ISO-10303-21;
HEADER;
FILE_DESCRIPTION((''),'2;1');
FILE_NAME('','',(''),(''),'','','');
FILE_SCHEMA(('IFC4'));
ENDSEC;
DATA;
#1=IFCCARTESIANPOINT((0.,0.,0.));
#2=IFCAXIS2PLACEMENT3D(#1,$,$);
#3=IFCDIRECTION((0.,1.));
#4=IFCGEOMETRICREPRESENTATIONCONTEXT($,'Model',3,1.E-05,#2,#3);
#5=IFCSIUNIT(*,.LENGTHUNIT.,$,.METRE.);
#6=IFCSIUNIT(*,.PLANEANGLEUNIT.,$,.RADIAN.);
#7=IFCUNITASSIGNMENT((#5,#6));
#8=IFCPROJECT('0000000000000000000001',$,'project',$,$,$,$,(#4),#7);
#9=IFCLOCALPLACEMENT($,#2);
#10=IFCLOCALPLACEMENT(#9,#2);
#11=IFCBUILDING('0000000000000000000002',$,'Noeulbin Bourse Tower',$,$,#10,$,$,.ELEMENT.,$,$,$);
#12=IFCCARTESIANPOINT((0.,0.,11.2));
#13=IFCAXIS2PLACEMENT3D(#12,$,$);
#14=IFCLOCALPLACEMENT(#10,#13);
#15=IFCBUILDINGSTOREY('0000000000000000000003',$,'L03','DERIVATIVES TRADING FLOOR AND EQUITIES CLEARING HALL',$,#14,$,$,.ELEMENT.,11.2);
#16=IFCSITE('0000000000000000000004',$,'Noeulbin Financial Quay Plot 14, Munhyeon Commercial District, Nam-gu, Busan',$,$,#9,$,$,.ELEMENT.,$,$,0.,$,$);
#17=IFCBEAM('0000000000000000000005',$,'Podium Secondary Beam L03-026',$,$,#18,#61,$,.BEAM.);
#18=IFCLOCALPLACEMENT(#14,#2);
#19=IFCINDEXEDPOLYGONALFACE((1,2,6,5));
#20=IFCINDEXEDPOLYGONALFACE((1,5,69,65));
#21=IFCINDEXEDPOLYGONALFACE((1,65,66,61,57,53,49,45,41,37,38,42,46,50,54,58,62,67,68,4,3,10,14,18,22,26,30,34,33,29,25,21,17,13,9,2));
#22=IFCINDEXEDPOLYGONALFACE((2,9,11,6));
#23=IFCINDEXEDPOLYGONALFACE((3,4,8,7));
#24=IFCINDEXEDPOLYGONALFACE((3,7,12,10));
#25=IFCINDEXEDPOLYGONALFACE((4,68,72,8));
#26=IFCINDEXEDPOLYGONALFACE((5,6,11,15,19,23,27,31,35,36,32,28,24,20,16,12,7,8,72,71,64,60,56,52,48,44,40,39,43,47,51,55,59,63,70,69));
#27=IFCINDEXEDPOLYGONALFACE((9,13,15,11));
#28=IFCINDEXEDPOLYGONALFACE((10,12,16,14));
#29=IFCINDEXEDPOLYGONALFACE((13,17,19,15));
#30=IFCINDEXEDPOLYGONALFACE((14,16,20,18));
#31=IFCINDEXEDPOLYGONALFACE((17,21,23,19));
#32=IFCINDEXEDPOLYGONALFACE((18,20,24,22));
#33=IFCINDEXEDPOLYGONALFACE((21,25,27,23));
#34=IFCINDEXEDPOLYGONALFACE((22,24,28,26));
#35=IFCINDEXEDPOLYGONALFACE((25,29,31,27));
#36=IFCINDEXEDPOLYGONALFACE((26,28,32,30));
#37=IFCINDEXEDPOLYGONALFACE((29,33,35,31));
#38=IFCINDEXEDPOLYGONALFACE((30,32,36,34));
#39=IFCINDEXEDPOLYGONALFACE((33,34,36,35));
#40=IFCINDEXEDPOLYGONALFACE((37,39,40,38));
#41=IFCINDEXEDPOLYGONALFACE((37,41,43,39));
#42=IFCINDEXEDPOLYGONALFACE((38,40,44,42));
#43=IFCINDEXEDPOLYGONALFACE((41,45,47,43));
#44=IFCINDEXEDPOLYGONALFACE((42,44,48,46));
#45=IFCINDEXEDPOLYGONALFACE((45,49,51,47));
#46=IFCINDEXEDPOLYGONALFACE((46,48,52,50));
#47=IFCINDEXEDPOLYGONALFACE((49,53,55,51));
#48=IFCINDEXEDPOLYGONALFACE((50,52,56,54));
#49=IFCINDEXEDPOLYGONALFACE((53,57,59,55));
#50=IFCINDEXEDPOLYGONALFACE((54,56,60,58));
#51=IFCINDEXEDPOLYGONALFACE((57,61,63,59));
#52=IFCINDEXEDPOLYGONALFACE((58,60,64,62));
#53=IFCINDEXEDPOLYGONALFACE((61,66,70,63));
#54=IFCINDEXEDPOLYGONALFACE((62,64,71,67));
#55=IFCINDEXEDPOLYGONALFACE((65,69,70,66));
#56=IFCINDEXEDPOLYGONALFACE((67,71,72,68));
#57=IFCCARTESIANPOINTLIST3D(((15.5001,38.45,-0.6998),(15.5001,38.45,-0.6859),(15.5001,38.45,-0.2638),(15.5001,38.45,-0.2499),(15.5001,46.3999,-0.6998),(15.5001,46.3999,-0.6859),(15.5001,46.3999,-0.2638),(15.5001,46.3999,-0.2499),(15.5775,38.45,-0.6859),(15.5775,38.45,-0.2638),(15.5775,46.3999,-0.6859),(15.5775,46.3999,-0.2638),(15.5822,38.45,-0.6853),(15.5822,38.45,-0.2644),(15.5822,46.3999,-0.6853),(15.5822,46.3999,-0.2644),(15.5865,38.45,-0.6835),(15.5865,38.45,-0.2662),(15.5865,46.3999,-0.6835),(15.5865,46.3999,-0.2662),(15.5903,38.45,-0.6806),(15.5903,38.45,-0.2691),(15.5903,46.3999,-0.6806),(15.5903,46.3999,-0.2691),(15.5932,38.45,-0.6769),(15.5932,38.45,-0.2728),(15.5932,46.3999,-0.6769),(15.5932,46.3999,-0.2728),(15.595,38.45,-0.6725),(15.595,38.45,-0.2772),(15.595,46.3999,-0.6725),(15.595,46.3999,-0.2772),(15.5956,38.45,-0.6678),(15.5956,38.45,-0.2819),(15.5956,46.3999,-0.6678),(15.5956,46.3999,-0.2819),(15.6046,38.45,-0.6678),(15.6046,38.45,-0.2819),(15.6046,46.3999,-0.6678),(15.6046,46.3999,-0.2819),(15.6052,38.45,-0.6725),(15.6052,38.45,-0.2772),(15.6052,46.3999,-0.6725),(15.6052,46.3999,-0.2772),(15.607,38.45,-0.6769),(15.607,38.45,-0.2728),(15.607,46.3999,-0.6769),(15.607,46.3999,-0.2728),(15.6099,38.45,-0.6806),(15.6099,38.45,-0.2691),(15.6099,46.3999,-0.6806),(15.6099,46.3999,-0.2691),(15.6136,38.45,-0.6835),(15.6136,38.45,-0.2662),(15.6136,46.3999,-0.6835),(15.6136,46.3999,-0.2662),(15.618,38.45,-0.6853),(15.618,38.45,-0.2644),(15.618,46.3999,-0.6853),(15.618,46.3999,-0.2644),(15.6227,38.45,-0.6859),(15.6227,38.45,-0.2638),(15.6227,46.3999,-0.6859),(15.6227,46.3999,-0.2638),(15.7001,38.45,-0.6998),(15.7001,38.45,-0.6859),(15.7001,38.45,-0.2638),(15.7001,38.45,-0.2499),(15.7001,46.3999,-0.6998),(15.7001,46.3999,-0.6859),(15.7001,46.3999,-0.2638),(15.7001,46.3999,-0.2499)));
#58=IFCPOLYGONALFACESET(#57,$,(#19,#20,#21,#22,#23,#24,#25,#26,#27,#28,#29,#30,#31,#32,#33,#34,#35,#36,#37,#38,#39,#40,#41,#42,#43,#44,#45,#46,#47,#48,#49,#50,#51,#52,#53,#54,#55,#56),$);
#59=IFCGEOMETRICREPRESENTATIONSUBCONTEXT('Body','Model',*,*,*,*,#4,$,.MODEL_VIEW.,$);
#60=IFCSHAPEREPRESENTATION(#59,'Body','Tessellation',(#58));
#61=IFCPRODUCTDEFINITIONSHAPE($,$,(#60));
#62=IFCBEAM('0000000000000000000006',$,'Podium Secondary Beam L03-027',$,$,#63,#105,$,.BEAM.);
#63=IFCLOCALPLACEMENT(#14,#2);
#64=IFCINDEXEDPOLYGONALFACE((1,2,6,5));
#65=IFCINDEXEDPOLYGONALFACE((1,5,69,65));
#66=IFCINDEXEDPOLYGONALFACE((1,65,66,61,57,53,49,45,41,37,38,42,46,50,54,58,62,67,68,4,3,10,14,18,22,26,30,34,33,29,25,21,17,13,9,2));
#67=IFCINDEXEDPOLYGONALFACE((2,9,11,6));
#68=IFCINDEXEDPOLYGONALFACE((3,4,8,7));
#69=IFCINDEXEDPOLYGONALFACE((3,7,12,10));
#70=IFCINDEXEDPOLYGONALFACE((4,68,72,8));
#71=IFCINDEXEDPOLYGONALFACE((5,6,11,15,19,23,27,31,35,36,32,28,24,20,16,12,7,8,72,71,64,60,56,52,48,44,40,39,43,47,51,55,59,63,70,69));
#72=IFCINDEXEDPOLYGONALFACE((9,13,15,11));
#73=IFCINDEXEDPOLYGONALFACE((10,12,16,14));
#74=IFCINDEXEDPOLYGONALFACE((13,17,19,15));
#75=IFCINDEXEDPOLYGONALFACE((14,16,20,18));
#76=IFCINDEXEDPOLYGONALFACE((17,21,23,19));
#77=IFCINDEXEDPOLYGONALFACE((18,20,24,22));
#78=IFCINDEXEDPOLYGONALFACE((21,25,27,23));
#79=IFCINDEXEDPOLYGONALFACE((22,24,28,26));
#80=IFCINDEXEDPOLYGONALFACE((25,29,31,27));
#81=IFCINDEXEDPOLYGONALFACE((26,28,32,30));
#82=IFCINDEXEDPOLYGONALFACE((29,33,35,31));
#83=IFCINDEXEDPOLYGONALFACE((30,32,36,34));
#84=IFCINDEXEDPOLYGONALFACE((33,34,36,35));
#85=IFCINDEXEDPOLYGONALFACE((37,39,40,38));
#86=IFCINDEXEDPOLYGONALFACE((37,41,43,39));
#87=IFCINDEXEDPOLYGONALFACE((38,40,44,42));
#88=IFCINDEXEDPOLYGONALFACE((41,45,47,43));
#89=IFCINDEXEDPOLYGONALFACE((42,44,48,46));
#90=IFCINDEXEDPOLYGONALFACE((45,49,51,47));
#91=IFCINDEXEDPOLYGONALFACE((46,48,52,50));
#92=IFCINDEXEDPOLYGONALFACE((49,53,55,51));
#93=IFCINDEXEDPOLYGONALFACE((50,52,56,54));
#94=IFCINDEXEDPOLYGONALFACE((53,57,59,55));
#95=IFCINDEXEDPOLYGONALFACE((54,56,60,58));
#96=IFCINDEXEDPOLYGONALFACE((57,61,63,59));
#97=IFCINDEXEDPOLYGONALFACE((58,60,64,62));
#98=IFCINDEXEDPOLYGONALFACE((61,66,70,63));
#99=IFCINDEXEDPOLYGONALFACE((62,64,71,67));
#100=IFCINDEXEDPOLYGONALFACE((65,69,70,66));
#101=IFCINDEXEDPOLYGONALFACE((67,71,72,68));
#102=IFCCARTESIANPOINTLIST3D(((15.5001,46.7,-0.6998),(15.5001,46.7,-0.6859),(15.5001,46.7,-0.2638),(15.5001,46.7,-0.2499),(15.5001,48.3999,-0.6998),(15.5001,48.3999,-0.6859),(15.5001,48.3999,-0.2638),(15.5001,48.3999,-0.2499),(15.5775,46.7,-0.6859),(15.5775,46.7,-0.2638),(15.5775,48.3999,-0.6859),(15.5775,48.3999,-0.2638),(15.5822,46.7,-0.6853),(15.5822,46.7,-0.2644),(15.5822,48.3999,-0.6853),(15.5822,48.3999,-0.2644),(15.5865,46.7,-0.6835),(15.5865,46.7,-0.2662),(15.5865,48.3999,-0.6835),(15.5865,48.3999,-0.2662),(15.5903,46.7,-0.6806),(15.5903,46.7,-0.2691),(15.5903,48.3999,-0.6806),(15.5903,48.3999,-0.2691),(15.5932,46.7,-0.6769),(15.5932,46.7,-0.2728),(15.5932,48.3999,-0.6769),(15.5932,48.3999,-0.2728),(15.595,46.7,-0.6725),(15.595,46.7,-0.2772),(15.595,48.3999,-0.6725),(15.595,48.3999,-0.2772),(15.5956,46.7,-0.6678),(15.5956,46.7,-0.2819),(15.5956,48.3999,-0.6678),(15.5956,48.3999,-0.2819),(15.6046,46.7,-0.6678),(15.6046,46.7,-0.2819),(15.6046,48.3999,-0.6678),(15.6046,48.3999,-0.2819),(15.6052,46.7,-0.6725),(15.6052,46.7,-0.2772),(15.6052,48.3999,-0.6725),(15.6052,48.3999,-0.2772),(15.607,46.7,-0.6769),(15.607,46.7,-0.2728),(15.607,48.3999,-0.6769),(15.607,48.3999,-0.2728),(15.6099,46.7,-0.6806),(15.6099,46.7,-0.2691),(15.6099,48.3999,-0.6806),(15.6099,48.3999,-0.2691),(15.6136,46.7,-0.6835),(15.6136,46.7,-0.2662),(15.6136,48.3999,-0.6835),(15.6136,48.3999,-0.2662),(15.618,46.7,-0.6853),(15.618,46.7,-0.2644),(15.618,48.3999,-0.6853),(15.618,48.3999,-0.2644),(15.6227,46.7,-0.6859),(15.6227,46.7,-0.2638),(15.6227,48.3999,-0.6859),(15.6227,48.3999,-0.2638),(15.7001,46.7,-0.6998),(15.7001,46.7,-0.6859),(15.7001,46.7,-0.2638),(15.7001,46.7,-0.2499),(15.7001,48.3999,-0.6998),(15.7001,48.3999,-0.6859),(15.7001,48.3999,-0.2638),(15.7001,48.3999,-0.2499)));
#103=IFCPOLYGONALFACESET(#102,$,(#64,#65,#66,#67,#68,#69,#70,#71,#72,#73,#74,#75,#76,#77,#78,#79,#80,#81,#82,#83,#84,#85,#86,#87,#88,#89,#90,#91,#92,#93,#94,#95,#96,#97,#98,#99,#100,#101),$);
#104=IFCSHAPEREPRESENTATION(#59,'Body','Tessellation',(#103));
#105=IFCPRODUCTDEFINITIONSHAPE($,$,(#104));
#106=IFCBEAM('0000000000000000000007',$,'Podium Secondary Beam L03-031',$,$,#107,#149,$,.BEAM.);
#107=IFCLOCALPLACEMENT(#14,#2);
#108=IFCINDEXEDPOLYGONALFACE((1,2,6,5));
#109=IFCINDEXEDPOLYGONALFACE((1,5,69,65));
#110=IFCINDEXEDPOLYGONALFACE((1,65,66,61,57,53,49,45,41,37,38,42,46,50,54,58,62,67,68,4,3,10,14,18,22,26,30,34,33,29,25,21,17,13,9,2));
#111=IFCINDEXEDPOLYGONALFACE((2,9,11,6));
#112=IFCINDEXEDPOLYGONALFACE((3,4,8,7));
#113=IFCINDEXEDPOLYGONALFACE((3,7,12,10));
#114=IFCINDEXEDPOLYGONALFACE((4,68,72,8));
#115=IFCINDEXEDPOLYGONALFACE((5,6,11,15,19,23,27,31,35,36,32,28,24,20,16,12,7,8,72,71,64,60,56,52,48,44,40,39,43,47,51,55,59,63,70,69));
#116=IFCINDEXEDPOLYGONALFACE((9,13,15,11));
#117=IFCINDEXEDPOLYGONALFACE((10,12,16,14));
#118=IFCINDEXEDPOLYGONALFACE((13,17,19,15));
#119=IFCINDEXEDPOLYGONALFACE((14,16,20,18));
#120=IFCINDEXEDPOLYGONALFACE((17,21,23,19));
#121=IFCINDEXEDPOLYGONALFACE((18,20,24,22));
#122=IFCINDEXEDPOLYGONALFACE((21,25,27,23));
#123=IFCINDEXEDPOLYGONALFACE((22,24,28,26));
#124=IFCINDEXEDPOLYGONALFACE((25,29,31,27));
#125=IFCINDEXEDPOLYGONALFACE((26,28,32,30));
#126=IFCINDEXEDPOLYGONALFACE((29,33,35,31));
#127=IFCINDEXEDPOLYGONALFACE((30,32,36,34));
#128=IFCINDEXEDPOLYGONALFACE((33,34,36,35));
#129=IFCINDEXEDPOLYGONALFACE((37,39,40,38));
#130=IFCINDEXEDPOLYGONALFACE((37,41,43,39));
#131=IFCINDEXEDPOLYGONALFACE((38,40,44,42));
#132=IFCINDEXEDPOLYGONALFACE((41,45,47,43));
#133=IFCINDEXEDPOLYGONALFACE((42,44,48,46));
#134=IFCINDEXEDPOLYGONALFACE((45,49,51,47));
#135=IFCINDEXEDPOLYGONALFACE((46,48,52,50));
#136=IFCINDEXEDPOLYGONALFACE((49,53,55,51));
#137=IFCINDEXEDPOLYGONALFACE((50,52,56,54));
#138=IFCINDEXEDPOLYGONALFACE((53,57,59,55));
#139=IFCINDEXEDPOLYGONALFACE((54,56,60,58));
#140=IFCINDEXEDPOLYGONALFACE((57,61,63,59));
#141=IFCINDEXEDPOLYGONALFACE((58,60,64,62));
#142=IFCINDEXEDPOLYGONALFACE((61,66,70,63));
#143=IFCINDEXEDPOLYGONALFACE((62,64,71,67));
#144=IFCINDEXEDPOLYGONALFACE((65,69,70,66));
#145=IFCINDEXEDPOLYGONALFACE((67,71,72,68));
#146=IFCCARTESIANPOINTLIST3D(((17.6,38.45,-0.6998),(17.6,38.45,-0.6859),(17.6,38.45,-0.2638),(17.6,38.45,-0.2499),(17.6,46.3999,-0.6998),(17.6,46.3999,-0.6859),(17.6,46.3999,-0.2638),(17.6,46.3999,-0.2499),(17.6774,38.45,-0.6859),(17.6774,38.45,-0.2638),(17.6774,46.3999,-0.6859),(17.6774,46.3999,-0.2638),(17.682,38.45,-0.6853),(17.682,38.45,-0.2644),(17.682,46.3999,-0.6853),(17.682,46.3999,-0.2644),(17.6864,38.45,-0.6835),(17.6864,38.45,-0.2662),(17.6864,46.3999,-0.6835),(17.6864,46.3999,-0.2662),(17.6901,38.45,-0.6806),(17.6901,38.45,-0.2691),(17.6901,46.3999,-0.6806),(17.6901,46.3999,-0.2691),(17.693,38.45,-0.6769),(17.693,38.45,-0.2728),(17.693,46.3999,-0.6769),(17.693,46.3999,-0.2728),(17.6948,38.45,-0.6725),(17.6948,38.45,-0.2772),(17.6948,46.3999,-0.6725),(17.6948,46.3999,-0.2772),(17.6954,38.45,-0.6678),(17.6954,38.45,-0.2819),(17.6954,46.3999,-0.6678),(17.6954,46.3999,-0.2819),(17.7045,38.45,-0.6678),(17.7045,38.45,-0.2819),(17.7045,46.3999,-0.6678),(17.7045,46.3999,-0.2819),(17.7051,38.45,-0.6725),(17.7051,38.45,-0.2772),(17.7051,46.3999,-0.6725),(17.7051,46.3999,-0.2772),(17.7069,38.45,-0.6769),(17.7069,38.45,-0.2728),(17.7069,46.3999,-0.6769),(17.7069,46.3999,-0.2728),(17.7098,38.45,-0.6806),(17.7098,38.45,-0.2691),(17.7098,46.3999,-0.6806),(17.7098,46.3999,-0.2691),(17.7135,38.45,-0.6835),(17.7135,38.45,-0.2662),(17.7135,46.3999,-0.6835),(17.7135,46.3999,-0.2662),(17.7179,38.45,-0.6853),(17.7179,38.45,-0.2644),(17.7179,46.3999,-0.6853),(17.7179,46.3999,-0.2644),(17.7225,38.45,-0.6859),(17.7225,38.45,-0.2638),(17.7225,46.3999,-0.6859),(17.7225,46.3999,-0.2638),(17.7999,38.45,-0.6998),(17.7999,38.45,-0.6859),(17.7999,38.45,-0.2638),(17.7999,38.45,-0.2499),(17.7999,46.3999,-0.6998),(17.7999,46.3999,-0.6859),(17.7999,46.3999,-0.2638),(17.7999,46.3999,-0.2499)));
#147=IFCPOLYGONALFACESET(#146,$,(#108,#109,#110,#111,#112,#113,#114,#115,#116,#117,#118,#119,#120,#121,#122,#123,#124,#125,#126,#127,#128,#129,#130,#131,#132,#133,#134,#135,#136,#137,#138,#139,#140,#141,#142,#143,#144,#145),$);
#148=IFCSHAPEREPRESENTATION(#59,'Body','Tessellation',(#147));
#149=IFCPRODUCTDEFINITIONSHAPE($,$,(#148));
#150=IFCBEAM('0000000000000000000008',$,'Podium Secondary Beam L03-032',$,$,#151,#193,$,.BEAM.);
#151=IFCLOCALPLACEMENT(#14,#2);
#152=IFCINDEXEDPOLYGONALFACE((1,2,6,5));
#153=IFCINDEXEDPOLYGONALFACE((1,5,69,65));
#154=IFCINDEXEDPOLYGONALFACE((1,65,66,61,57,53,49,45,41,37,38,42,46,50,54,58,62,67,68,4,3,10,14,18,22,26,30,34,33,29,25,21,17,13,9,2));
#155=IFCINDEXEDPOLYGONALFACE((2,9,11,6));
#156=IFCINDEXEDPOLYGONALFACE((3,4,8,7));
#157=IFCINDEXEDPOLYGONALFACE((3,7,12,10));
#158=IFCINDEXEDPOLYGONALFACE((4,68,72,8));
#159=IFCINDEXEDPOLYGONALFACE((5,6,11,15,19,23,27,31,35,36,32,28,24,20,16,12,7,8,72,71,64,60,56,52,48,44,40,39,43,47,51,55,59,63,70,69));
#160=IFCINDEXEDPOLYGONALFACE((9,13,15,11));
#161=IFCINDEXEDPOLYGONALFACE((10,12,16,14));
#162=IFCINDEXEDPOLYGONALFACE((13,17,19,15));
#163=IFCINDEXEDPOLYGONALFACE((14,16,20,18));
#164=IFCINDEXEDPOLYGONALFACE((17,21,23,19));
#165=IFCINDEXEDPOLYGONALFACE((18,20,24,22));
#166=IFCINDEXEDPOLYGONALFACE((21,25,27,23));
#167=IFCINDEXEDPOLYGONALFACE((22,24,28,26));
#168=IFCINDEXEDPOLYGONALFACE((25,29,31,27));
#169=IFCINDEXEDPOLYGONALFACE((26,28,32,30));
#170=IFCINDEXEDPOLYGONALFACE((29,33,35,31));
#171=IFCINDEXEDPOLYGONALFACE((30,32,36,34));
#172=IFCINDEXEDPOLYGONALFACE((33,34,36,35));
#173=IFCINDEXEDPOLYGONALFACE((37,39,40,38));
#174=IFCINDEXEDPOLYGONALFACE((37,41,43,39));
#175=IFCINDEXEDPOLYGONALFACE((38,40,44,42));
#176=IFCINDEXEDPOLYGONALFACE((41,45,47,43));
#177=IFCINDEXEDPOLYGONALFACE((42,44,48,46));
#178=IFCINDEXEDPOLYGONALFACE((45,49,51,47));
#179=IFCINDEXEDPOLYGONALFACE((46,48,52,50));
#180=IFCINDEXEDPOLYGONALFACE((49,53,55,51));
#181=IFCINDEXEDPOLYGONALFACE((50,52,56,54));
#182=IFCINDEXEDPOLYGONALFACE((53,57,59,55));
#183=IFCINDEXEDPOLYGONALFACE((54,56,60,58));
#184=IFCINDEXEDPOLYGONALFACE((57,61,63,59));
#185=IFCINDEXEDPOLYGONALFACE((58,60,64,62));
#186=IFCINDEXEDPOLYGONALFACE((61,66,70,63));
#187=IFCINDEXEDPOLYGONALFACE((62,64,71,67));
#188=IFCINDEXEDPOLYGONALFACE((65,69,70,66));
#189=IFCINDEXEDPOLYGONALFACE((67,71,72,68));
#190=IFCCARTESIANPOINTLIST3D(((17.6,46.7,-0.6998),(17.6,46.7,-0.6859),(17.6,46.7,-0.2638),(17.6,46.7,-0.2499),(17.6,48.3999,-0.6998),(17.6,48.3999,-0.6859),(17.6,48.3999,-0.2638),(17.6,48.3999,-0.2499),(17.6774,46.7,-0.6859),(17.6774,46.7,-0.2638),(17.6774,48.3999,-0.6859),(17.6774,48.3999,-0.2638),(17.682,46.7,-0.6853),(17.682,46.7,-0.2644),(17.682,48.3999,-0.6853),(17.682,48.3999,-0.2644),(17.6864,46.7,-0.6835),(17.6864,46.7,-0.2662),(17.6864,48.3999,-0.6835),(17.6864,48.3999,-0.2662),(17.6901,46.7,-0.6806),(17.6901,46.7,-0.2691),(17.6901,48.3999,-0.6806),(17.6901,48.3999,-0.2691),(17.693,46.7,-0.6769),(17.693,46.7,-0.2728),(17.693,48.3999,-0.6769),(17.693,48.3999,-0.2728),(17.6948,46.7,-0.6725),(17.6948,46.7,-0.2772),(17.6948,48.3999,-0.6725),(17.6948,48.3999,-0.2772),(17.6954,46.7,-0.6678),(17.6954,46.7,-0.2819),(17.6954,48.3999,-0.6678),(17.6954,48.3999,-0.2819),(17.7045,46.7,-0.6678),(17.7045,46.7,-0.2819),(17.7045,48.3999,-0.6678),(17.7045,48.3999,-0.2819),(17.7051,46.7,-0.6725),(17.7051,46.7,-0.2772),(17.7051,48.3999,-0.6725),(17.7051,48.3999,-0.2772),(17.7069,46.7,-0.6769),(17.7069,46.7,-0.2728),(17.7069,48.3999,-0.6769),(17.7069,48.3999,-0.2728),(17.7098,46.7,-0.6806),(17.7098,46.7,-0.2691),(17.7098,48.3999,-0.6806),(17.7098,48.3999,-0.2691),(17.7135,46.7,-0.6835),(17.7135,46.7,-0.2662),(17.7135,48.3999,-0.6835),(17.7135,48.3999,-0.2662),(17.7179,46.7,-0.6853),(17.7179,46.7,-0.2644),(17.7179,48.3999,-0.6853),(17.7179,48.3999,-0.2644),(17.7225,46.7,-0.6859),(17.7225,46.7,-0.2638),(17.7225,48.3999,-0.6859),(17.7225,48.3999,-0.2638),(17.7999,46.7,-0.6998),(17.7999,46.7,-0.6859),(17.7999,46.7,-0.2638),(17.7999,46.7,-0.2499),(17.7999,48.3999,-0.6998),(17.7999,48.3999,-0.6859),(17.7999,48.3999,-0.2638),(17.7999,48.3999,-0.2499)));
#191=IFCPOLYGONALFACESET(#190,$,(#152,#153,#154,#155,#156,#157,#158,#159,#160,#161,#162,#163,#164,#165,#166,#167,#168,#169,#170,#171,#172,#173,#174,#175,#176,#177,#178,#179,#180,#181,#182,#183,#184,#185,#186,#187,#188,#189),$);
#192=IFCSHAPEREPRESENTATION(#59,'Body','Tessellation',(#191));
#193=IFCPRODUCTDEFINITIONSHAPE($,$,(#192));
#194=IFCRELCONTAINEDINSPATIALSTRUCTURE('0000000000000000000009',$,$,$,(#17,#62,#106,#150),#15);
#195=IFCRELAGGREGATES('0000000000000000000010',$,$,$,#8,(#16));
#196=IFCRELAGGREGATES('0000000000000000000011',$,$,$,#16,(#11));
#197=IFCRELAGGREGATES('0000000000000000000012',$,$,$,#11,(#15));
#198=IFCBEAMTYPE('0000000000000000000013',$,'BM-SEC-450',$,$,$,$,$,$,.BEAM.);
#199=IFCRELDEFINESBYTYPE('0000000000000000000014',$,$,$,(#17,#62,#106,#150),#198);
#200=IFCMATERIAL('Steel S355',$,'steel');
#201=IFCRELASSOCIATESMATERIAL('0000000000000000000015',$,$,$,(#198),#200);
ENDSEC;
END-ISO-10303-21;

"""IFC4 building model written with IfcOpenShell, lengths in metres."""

from ifc_helpers import new_model, si_unit, direction, frame, origin, origin_2d, place, context, subcontext, project, spatial, i_section, extrude, material, material_profile, profile_set, type_object, element, save


model = new_model("IFC4")

# Units and contexts
model_context = context("Model", 3, precision=1e-05, world=origin(), true_north=direction((0.0, 1.0)))
body_context = subcontext(model_context, "Body", "Model", "MODEL_VIEW")
ifc_project = project(units=[si_unit("LENGTHUNIT", "METRE"), si_unit("PLANEANGLEUNIT", "RADIAN")], contexts=[model_context])

# Site, building, storey
site_placement = place(None, origin())
site = spatial("IfcSite", under=ifc_project, at=site_placement, Name="Noeulbin Financial Quay Plot 14, Munhyeon Commercial District, Nam-gu, Busan", CompositionType="ELEMENT", RefElevation=0.0)
building_placement = place(site_placement, origin())
building = spatial("IfcBuilding", under=site, at=building_placement, Name="Noeulbin Bourse Tower", CompositionType="ELEMENT")
storey_placement = place(building_placement, frame((0.0, 0.0, 11.2)))
storey = spatial("IfcBuildingStorey", under=building, at=storey_placement, Name="L03", Description="DERIVATIVES TRADING FLOOR AND EQUITIES CLEARING HALL", CompositionType="ELEMENT", Elevation=11.2)

# Beams
ifc_material_1 = material(Name="Steel S355", Category="steel")
ifc_material_profile_1 = material_profile(ifc_material_1, i_section(OverallWidth=0.2, OverallDepth=0.45, WebThickness=0.009, FlangeThickness=0.0139, FilletRadius=0.0181, at=origin_2d()), Name="H-450x200x9x14", Category="LoadBearing")
ifc_profile_set_1 = profile_set([ifc_material_profile_1], Name="Steel S355")
beam_type_1 = type_object("IfcBeamType", Name="BM-SEC-450", PredefinedType="BEAM", material=ifc_profile_set_1)
beam_1_placement = place(storey_placement, frame((15.6001, 38.45, -0.4749), z_axis=(0.0, 1.0, 0.0), x_axis=(-1.0, 0.0, 0.0)))
element("IfcBeam", 1, at=beam_1_placement, inside=storey, type_object=beam_type_1, Name="Podium Secondary Beam L03-026", PredefinedType="BEAM", context=body_context, shape_type="SweptSolid", body=[
    extrude(i_section(OverallWidth=0.2, OverallDepth=0.45, WebThickness=0.009, FlangeThickness=0.0139, FilletRadius=0.0181, at=origin_2d()), origin(), (0.0, 0.0, 1.0), 7.95),
])
beam_2_placement = place(storey_placement, frame((15.6001, 46.7, -0.4749), z_axis=(0.0, 1.0, 0.0), x_axis=(-1.0, 0.0, 0.0)))
element("IfcBeam", 2, at=beam_2_placement, inside=storey, type_object=beam_type_1, Name="Podium Secondary Beam L03-027", PredefinedType="BEAM", context=body_context, shape_type="SweptSolid", body=[
    extrude(i_section(OverallWidth=0.2, OverallDepth=0.45, WebThickness=0.009, FlangeThickness=0.0139, FilletRadius=0.0181, at=origin_2d()), origin(), (0.0, 0.0, 1.0), 1.7),
])
beam_3_placement = place(storey_placement, frame((17.7, 38.45, -0.4749), z_axis=(0.0, 1.0, 0.0), x_axis=(-1.0, 0.0, 0.0)))
element("IfcBeam", 3, at=beam_3_placement, inside=storey, type_object=beam_type_1, Name="Podium Secondary Beam L03-031", PredefinedType="BEAM", context=body_context, shape_type="SweptSolid", body=[
    extrude(i_section(OverallWidth=0.2, OverallDepth=0.45, WebThickness=0.009, FlangeThickness=0.0139, FilletRadius=0.0181, at=origin_2d()), origin(), (0.0, 0.0, 1.0), 7.95),
])
beam_4_placement = place(storey_placement, frame((17.7, 46.7, -0.4749), z_axis=(0.0, 1.0, 0.0), x_axis=(-1.0, 0.0, 0.0)))
element("IfcBeam", 4, at=beam_4_placement, inside=storey, type_object=beam_type_1, Name="Podium Secondary Beam L03-032", PredefinedType="BEAM", context=body_context, shape_type="SweptSolid", body=[
    extrude(i_section(OverallWidth=0.2, OverallDepth=0.45, WebThickness=0.009, FlangeThickness=0.0139, FilletRadius=0.0181, at=origin_2d()), origin(), (0.0, 0.0, 1.0), 1.7),
])

save(model, "model.ifc")
